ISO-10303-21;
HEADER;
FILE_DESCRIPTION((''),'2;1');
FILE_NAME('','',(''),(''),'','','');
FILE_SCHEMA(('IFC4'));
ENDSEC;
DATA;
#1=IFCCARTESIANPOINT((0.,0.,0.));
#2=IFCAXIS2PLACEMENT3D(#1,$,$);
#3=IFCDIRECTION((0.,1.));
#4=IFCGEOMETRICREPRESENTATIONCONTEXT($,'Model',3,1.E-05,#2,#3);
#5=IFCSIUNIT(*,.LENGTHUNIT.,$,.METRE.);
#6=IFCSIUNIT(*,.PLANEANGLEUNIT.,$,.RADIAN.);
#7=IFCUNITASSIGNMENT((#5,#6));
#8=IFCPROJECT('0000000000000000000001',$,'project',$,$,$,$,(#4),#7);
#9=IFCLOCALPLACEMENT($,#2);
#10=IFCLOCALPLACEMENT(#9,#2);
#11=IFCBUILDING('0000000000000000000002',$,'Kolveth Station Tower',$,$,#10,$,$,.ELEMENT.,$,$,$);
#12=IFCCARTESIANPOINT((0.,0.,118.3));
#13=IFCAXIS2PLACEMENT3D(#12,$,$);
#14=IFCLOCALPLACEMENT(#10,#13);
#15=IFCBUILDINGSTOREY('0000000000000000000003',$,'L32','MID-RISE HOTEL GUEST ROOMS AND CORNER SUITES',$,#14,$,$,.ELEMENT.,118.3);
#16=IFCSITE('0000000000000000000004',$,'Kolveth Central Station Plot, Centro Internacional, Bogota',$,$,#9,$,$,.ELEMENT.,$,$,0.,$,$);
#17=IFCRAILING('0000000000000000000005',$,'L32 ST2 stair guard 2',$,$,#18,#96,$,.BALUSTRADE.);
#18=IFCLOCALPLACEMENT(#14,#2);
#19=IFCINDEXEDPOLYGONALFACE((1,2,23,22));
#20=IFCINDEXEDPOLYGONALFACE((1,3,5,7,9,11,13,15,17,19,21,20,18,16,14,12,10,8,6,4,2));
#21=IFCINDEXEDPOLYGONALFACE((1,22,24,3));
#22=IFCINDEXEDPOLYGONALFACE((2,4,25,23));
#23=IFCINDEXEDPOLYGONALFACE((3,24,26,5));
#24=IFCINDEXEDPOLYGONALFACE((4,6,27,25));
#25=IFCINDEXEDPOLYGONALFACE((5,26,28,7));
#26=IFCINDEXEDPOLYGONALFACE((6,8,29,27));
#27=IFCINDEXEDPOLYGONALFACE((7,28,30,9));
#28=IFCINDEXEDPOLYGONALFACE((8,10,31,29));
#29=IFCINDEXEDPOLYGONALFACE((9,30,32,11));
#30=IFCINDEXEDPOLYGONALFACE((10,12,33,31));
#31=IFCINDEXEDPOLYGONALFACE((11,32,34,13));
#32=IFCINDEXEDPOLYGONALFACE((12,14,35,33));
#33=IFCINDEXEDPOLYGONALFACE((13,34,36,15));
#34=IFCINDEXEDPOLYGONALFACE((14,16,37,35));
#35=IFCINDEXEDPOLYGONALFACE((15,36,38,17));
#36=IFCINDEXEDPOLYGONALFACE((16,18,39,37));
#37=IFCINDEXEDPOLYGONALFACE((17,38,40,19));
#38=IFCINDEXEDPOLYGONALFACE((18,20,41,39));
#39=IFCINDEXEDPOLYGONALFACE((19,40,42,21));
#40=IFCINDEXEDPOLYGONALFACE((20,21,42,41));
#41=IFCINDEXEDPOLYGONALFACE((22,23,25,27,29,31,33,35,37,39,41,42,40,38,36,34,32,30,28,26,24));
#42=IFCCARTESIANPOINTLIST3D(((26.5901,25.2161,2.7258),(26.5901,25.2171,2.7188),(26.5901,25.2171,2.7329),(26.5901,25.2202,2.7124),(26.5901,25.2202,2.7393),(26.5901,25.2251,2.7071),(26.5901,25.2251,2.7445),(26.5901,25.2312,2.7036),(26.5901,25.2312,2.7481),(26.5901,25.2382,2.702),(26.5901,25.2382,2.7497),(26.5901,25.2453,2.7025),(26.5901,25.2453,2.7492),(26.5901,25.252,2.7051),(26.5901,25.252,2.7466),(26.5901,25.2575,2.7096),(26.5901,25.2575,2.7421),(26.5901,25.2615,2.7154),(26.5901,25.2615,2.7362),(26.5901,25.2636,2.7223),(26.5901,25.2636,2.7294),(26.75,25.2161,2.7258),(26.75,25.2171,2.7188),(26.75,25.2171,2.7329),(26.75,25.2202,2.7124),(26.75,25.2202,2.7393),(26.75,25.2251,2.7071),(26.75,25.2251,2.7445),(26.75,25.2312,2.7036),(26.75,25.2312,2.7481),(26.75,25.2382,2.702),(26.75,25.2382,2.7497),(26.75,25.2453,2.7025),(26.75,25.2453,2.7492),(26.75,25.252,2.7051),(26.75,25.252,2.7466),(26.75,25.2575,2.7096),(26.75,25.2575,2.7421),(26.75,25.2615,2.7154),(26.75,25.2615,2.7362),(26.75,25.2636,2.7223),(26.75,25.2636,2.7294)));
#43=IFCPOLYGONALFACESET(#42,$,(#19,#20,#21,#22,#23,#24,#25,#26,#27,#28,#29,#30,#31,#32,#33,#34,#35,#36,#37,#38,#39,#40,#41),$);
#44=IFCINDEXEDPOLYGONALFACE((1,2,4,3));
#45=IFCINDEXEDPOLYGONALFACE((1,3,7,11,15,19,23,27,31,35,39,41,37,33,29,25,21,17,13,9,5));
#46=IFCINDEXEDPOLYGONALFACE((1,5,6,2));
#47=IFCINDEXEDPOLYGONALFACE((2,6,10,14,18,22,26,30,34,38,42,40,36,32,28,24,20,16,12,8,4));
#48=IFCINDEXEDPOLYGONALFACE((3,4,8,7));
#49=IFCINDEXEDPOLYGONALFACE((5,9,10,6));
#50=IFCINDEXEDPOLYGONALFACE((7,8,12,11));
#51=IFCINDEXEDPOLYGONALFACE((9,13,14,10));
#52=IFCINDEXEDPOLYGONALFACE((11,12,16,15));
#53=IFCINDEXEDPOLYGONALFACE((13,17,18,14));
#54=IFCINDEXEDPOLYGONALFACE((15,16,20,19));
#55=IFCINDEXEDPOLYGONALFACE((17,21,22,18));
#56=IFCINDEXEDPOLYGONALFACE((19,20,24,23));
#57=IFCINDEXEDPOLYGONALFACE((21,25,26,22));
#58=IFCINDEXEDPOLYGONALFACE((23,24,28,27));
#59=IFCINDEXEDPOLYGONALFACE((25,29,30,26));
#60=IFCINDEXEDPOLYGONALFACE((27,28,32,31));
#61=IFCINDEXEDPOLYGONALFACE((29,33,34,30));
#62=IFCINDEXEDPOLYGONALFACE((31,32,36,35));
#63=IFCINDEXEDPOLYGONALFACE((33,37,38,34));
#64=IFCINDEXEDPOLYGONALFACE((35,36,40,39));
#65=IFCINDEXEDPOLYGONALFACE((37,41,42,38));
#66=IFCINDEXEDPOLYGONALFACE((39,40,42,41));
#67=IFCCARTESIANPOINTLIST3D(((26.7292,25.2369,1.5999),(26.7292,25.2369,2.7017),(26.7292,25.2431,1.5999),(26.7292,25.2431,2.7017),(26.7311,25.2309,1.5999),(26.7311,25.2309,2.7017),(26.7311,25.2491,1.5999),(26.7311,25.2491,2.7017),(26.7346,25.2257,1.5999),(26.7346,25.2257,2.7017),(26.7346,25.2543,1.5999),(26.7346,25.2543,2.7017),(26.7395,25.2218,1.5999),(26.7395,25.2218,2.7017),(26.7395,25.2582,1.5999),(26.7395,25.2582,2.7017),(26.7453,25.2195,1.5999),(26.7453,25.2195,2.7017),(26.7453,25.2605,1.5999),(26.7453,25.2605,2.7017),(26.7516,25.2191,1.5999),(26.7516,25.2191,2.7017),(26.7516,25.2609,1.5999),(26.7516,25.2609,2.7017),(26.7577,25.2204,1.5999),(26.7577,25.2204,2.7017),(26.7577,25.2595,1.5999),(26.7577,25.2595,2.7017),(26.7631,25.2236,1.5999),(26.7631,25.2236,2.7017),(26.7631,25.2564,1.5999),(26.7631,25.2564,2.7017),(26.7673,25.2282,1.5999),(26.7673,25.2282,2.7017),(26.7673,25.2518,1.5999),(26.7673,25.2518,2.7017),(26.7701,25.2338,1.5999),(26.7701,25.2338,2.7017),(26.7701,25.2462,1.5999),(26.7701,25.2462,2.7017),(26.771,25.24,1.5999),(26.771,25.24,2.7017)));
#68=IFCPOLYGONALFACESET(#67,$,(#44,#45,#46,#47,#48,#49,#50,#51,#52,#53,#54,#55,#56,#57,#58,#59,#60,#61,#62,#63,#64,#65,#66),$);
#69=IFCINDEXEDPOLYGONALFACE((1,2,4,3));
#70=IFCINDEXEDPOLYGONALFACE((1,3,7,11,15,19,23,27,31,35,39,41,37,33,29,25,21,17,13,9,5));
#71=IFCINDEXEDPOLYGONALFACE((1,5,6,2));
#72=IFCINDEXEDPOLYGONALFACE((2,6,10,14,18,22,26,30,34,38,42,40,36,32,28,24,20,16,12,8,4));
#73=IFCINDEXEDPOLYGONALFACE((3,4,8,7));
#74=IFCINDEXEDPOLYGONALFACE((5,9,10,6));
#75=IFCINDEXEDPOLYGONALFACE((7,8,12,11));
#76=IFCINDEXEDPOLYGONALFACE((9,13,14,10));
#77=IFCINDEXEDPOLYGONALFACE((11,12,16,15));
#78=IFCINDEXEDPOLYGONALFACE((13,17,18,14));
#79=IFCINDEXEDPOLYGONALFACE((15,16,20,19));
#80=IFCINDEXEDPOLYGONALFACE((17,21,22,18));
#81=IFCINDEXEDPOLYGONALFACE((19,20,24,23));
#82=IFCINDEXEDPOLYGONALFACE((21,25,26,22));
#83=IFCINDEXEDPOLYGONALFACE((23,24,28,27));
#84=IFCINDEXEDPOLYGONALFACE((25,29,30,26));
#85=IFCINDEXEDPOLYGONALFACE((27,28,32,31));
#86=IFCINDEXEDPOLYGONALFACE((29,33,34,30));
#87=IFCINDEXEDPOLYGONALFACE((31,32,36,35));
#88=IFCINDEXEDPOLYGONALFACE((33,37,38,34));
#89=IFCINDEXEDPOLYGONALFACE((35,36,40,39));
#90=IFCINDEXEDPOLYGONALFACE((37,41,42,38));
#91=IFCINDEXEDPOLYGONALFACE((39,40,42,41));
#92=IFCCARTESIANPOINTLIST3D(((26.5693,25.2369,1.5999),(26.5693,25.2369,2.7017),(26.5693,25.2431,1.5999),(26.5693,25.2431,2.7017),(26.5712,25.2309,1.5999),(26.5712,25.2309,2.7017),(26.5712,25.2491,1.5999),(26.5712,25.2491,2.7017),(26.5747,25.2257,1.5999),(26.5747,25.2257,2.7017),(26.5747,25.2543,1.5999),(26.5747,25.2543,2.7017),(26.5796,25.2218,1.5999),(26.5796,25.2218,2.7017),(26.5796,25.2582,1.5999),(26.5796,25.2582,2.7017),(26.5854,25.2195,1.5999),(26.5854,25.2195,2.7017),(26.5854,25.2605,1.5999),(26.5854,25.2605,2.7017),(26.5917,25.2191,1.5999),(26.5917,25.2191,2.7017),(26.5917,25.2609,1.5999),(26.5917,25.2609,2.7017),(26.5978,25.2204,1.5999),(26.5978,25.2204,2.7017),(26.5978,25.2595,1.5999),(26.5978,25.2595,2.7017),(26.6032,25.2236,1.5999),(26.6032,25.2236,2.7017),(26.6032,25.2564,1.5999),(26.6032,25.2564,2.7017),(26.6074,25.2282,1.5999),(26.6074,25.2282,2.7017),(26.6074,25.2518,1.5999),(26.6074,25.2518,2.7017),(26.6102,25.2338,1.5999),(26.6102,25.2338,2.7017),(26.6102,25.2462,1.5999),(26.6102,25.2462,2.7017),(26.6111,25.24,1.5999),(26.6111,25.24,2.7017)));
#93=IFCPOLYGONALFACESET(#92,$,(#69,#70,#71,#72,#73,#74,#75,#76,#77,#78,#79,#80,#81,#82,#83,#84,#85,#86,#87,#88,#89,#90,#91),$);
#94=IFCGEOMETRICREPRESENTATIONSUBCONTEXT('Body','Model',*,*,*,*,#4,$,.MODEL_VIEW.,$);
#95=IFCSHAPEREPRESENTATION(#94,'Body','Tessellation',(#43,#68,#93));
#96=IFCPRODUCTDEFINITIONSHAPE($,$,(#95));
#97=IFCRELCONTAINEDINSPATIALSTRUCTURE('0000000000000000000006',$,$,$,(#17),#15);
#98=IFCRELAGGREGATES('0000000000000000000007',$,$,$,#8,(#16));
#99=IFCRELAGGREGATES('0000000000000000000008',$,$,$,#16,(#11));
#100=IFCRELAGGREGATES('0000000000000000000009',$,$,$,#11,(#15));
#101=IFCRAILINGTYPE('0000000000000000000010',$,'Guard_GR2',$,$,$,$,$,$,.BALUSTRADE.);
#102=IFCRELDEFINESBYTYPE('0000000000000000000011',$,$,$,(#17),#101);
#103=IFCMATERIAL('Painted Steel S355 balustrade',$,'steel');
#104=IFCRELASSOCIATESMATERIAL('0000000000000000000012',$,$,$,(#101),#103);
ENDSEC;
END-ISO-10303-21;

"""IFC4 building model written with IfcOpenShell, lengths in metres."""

from ifc_helpers import new_model, si_unit, direction, frame, origin, origin_2d, place, context, subcontext, project, spatial, circle, extrude, material, type_object, element, save


model = new_model("IFC4")

# Units and contexts
model_context = context("Model", 3, precision=1e-05, world=origin(), true_north=direction((0.0, 1.0)))
body_context = subcontext(model_context, "Body", "Model", "MODEL_VIEW")
ifc_project = project(units=[si_unit("LENGTHUNIT", "METRE"), si_unit("PLANEANGLEUNIT", "RADIAN")], contexts=[model_context])

# Site, building, storey
site_placement = place(None, origin())
site = spatial("IfcSite", under=ifc_project, at=site_placement, Name="Kolveth Central Station Plot, Centro Internacional, Bogota", CompositionType="ELEMENT", RefElevation=0.0)
building_placement = place(site_placement, origin())
building = spatial("IfcBuilding", under=site, at=building_placement, Name="Kolveth Station Tower", CompositionType="ELEMENT")
storey_placement = place(building_placement, frame((0.0, 0.0, 118.3)))
storey = spatial("IfcBuildingStorey", under=building, at=storey_placement, Name="L32", Description="MID-RISE HOTEL GUEST ROOMS AND CORNER SUITES", CompositionType="ELEMENT", Elevation=118.3)

# Railing
ifc_material_1 = material(Name="Painted Steel S355 balustrade", Category="steel")
railing_type_1 = type_object("IfcRailingType", Name="Guard_GR2", PredefinedType="BALUSTRADE", material=ifc_material_1)
railing_1_placement = place(storey_placement, frame((26.75, 25.24, 1.5999)))
element("IfcRailing", 1, at=railing_1_placement, inside=storey, type_object=railing_type_1, Name="L32 ST2 stair guard 2", PredefinedType="BALUSTRADE", context=body_context, shape_type="SweptSolid", body=[
    extrude(circle(Radius=0.0239, at=origin_2d()), frame((0.0, 0.0, 1.126), z_axis=(-1.0, 0.0, 0.0), x_axis=(0.0, -1.0, 0.0)), (0.0, 0.0, 1.0), 0.1599),
    extrude(circle(Radius=0.021, at=origin_2d()), origin(), (0.0, 0.0, 1.0), 1.1018),
    extrude(circle(Radius=0.021, at=origin_2d()), frame((-0.1599, 0.0, 0.0)), (0.0, 0.0, 1.0), 1.1018),
])

save(model, "model.ifc")
